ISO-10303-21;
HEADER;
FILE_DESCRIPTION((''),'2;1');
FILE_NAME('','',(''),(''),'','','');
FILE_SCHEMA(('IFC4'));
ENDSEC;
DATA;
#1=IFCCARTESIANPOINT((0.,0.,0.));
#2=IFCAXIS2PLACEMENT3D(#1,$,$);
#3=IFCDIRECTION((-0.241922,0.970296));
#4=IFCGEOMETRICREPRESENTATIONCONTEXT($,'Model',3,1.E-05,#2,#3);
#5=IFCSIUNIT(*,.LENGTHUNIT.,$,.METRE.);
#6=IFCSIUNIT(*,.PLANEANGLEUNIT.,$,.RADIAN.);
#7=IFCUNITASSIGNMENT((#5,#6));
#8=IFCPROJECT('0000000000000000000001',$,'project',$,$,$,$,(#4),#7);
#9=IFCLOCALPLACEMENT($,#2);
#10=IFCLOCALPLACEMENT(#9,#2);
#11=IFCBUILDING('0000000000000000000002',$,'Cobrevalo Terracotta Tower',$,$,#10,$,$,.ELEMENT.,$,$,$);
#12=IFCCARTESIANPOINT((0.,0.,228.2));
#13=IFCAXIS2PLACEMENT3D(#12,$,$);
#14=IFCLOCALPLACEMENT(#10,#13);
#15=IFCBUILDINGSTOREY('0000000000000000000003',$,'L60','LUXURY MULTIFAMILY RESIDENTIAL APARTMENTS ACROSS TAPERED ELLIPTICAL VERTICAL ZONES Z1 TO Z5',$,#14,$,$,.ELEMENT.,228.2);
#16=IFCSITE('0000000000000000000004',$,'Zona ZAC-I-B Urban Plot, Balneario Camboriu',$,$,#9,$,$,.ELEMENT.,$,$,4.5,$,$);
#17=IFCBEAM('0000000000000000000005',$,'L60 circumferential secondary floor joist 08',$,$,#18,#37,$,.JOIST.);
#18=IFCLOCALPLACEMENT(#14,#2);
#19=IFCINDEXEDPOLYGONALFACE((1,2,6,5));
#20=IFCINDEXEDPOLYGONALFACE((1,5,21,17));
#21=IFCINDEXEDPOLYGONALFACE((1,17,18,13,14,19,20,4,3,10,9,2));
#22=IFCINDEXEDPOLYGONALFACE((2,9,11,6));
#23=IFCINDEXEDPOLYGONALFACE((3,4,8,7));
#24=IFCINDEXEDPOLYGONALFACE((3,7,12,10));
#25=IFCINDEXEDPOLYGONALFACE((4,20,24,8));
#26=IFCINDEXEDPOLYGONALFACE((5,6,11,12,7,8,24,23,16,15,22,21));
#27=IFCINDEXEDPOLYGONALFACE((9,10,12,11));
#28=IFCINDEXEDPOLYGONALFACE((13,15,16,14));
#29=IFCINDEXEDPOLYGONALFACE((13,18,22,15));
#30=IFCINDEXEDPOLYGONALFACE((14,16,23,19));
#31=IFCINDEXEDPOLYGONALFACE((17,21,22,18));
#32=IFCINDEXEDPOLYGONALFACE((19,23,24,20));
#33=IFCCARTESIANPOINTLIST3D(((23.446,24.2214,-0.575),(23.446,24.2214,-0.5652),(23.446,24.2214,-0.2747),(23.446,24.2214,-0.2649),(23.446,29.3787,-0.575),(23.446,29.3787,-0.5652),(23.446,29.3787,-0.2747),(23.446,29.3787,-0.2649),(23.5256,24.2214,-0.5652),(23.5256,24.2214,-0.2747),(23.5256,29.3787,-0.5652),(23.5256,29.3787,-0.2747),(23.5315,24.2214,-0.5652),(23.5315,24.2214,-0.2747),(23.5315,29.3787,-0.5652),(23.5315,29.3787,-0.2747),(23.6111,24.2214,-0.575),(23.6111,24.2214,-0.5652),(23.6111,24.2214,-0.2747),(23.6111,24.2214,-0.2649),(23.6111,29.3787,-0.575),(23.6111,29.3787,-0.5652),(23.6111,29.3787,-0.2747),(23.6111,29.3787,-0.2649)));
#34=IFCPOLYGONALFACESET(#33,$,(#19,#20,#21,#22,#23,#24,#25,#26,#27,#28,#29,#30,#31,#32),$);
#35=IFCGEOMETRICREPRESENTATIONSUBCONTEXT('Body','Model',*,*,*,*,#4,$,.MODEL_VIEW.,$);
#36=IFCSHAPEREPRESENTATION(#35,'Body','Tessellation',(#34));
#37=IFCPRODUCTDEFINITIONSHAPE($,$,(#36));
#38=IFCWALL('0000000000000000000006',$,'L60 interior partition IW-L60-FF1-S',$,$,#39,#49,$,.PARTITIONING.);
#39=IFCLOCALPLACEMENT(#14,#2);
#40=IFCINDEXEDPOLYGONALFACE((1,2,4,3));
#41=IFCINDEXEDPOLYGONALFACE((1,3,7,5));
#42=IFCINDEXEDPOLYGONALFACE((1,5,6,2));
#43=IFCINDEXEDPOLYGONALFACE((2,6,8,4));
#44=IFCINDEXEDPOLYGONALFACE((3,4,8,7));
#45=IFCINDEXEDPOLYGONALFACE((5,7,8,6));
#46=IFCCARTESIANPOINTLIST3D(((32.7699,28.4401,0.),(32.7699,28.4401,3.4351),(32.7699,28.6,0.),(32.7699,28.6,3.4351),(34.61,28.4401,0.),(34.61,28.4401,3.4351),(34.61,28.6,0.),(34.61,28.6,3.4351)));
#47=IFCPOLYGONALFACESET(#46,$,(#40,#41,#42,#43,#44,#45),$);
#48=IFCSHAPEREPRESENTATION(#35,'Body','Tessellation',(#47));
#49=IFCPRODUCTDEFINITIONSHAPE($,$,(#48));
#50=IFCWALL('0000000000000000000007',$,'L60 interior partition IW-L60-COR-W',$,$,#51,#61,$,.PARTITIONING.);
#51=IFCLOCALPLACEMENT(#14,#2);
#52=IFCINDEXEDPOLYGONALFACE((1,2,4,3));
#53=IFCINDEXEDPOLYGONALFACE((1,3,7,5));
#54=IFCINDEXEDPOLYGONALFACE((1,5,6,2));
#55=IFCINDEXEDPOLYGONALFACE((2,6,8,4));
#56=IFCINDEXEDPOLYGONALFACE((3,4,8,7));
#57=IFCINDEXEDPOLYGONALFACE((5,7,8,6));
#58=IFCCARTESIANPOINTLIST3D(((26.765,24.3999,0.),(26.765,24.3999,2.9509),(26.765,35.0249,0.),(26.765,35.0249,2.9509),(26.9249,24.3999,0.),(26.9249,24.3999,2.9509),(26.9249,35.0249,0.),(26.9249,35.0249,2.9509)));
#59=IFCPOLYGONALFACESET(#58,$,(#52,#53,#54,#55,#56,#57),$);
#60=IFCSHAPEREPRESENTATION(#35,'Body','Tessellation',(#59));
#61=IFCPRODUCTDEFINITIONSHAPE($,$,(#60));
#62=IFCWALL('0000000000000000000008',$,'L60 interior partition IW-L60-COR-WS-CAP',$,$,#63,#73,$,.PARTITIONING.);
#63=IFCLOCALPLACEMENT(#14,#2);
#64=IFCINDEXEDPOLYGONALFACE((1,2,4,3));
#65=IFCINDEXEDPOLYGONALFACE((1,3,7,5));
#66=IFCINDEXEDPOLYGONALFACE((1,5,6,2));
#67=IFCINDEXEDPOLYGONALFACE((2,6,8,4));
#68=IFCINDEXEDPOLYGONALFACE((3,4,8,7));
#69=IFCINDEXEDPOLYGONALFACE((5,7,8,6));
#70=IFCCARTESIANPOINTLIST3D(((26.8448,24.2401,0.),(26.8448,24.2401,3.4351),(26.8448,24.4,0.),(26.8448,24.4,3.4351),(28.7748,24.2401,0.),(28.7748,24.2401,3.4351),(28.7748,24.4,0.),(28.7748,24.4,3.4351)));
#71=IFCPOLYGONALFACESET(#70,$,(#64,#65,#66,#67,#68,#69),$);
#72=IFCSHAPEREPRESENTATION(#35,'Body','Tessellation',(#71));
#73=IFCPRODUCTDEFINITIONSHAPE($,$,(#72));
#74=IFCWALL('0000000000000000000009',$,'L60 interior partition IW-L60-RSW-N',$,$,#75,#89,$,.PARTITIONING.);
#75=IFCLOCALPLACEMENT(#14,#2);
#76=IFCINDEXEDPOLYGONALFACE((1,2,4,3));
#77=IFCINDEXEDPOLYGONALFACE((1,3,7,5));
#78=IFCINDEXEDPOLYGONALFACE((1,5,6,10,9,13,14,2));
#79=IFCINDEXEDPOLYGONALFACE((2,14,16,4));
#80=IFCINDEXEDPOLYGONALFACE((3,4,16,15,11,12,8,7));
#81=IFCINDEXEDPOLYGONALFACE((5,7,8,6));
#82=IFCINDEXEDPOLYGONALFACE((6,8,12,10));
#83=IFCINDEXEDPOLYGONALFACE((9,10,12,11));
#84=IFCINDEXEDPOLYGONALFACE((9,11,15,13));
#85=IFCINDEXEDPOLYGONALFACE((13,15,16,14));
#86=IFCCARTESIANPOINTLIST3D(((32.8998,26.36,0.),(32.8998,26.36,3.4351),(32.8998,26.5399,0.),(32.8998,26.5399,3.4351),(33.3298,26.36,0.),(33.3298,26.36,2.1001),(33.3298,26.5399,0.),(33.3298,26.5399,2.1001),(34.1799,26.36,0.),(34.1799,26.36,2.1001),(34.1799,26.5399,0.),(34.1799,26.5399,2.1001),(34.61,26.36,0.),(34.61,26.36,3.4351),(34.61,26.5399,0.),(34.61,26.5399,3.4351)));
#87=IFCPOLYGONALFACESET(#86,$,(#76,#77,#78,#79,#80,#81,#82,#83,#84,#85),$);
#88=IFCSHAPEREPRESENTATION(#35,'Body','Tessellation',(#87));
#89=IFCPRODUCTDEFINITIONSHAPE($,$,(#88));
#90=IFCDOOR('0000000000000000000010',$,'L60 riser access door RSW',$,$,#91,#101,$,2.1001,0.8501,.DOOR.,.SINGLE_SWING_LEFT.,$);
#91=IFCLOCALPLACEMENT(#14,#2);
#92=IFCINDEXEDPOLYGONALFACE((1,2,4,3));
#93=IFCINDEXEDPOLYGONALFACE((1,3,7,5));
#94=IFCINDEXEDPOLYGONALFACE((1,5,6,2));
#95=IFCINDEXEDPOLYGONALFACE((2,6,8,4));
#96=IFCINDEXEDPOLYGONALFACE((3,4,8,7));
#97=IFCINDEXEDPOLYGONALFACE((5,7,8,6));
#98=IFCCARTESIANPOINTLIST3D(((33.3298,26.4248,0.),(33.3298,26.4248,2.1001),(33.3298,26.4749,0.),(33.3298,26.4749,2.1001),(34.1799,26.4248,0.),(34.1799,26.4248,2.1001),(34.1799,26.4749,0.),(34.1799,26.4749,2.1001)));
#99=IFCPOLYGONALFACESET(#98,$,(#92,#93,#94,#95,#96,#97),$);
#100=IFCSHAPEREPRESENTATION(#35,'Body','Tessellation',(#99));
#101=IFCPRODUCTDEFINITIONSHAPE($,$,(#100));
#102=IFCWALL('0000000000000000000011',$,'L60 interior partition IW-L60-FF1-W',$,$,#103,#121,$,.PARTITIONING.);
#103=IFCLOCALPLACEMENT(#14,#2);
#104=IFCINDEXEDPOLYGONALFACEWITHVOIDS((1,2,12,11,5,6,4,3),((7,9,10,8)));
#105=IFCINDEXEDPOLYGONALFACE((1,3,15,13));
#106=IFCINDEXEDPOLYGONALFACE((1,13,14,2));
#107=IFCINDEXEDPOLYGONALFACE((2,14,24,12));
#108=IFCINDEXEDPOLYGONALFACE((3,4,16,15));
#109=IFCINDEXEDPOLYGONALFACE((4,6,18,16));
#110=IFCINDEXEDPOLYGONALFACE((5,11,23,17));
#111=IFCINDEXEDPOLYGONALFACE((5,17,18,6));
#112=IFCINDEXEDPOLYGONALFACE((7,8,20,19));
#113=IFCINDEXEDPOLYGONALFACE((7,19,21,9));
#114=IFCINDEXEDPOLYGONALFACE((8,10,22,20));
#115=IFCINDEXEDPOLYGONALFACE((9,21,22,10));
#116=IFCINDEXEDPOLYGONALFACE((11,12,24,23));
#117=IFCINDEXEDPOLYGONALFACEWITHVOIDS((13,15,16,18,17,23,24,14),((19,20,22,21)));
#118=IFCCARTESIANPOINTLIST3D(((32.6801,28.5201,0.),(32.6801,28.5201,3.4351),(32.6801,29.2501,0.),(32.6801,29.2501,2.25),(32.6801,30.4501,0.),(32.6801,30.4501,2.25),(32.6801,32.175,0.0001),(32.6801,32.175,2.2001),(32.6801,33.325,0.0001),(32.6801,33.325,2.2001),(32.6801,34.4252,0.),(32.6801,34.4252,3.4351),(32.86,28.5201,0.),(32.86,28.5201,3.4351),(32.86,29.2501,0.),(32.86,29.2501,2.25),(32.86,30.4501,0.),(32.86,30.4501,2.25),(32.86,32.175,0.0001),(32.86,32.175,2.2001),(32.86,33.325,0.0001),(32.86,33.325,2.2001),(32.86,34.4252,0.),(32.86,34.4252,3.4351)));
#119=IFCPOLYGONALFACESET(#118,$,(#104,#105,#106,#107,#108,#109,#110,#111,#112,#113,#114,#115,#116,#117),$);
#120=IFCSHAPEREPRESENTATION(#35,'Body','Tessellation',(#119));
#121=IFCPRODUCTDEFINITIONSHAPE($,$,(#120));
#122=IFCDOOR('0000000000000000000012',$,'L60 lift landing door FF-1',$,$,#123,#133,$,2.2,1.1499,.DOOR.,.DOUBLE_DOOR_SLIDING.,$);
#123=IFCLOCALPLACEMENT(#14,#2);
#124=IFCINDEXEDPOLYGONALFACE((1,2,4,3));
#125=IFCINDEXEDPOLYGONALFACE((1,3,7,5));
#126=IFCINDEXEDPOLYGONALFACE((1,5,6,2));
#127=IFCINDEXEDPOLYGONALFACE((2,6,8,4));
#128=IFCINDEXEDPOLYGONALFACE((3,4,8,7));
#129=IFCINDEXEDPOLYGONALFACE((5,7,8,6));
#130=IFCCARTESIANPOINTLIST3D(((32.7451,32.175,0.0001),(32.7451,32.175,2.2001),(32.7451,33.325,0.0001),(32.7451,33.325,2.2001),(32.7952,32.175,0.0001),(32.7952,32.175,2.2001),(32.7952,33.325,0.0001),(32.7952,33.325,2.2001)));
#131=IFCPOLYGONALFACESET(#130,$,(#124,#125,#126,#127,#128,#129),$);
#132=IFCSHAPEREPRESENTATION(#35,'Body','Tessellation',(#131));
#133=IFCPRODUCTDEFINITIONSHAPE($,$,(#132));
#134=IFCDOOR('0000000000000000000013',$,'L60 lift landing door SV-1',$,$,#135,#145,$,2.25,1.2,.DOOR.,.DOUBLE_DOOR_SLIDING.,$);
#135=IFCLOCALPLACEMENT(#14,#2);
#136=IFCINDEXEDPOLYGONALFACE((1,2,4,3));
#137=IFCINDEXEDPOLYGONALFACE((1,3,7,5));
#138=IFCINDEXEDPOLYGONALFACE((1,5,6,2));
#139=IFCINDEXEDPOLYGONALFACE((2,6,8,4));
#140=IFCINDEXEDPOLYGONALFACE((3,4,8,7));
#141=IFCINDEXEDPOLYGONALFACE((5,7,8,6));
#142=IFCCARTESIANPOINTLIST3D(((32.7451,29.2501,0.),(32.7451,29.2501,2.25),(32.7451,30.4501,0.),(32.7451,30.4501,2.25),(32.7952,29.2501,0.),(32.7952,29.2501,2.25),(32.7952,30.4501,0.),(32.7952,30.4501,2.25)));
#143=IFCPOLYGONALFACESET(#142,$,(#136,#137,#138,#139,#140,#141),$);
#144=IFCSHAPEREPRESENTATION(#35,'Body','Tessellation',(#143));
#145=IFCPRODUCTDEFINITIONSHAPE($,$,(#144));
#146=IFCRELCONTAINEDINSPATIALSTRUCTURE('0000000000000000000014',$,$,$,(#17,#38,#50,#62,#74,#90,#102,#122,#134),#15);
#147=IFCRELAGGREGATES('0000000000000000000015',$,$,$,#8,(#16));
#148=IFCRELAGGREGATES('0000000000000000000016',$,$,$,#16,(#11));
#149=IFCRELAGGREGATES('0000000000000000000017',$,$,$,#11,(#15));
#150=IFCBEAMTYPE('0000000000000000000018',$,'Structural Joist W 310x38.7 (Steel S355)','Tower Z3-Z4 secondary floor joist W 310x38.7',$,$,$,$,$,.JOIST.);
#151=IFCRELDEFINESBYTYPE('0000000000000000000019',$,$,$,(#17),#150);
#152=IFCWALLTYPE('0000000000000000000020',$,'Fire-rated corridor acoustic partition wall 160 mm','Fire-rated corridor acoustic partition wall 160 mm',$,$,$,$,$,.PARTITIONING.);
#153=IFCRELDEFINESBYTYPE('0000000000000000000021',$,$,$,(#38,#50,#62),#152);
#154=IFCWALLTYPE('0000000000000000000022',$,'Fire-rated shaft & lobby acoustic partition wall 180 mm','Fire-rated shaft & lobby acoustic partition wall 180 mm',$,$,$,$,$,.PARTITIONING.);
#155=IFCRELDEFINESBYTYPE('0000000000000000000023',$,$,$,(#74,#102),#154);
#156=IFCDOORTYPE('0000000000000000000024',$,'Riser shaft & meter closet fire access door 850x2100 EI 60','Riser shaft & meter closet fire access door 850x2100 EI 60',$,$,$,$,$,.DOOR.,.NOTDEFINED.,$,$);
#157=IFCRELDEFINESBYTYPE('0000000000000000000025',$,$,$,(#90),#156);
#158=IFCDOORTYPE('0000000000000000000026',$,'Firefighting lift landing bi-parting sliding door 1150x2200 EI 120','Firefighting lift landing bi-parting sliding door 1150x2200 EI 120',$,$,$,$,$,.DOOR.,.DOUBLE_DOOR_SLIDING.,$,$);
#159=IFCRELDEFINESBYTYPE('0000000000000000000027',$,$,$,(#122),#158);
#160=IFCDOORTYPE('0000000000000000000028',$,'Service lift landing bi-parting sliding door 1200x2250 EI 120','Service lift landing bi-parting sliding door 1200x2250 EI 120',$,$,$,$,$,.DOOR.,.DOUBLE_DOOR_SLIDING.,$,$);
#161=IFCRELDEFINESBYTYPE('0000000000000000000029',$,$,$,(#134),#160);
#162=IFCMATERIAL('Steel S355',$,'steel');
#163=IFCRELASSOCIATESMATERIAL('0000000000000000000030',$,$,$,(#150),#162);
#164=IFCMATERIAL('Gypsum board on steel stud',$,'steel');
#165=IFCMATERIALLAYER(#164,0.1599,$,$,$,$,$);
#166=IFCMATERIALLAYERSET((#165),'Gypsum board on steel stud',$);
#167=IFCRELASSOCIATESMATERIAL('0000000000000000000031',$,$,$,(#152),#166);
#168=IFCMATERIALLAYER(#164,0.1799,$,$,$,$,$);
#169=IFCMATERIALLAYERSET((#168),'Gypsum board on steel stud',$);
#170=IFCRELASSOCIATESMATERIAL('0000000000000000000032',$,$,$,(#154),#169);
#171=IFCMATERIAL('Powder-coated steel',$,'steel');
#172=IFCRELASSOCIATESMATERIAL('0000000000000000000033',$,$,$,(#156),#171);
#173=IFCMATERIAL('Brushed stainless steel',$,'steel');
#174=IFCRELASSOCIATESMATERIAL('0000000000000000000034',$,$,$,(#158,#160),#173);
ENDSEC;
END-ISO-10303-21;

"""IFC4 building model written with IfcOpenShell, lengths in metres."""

from ifc_helpers import new_model, si_unit, direction, frame, frame_2d, origin, origin_2d, place, context, subcontext, project, spatial, rectangle, i_section, extrude, source, transform, mapped, material, layer, layer_set, material_profile, profile_set, type_object, element, fill, save


model = new_model("IFC4")

# Units and contexts
model_context = context("Model", 3, precision=1e-05, world=origin(), true_north=direction((-0.241922, 0.970296)))
body_context = subcontext(model_context, "Body", "Model", "MODEL_VIEW")
ifc_project = project(units=[si_unit("LENGTHUNIT", "METRE"), si_unit("PLANEANGLEUNIT", "RADIAN")], contexts=[model_context])

# Site, building, storey
site_placement = place(None, origin())
site = spatial("IfcSite", under=ifc_project, at=site_placement, Name="Zona ZAC-I-B Urban Plot, Balneario Camboriu", CompositionType="ELEMENT", RefElevation=4.5)
building_placement = place(site_placement, origin())
building = spatial("IfcBuilding", under=site, at=building_placement, Name="Cobrevalo Terracotta Tower", CompositionType="ELEMENT")
storey_placement = place(building_placement, frame((0.0, 0.0, 228.2)))
storey = spatial("IfcBuildingStorey", under=building, at=storey_placement, Name="L60", Description="LUXURY MULTIFAMILY RESIDENTIAL APARTMENTS ACROSS TAPERED ELLIPTICAL VERTICAL ZONES Z1 TO Z5", CompositionType="ELEMENT", Elevation=228.2)

# Beam
ifc_material_1 = material(Name="Steel S355", Category="steel")
ifc_material_profile = material_profile(ifc_material_1, i_section(OverallWidth=0.165, OverallDepth=0.3101, WebThickness=0.0059, FlangeThickness=0.0098, at=origin_2d()), Name="W 310x38.7")
ifc_profile_set = profile_set([ifc_material_profile], Name="Steel S355")
beam_type = type_object("IfcBeamType", Name="Structural Joist W 310x38.7 (Steel S355)", Description="Tower Z3-Z4 secondary floor joist W 310x38.7", PredefinedType="JOIST", material=ifc_profile_set)
beam_placement = place(storey_placement, frame((23.5286, 29.3787, -0.4199), z_axis=(0.0, -1.0, 0.0), x_axis=(1.0, 0.0, 0.0)))
element("IfcBeam", 1, at=beam_placement, inside=storey, type_object=beam_type, Name="L60 circumferential secondary floor joist 08", PredefinedType="JOIST", context=body_context, shape_type="SweptSolid", body=[
    extrude(i_section(OverallWidth=0.165, OverallDepth=0.3101, WebThickness=0.0059, FlangeThickness=0.0098, at=origin_2d()), origin(), (0.0, 0.0, 1.0), 5.1572),
])

# Walls
ifc_material_2 = material(Name="Gypsum board on steel stud", Category="steel")
ifc_layer_1 = layer(ifc_material_2, 0.1599)
ifc_layer_set_1 = layer_set([ifc_layer_1], Name="Gypsum board on steel stud")
wall_type_1 = type_object("IfcWallType", Name="Fire-rated corridor acoustic partition wall 160 mm", Description="Fire-rated corridor acoustic partition wall 160 mm", PredefinedType="PARTITIONING", material=ifc_layer_set_1)
wall_1_placement = place(storey_placement, frame((32.77, 28.52, 0.0), z_axis=(0.0, 0.0, 1.0), x_axis=(1.0, 0.0, 0.0)))
element("IfcWall", 2, at=wall_1_placement, inside=storey, type_object=wall_type_1, Name="L60 interior partition IW-L60-FF1-S", PredefinedType="PARTITIONING", context=body_context, shape_type="SweptSolid", body=[
    extrude(rectangle(XDim=1.8401, YDim=0.1599, at=frame_2d((0.9199, 0.0))), origin(), (0.0, 0.0, 1.0), 3.4351),
])
wall_2_placement = place(storey_placement, frame((26.845, 24.3999, 0.0), z_axis=(0.0, 0.0, 1.0), x_axis=(0.0, 1.0, 0.0)))
element("IfcWall", 3, at=wall_2_placement, inside=storey, type_object=wall_type_1, Name="L60 interior partition IW-L60-COR-W", PredefinedType="PARTITIONING", context=body_context, shape_type="SweptSolid", body=[
    extrude(rectangle(XDim=10.625, YDim=0.1599, at=frame_2d((5.3125, 0.0))), origin(), (0.0, 0.0, 1.0), 2.9509),
])
wall_3_placement = place(storey_placement, frame((26.845, 24.3201, 0.0), z_axis=(0.0, 0.0, 1.0), x_axis=(1.0, 0.0, 0.0)))
element("IfcWall", 4, at=wall_3_placement, inside=storey, type_object=wall_type_1, Name="L60 interior partition IW-L60-COR-WS-CAP", PredefinedType="PARTITIONING", context=body_context, shape_type="SweptSolid", body=[
    extrude(rectangle(XDim=1.9299, YDim=0.1599, at=frame_2d((0.9648, 0.0))), origin(), (0.0, 0.0, 1.0), 3.4351),
])

# Wall, opening, door
ifc_layer_2 = layer(ifc_material_2, 0.1799)
ifc_layer_set_2 = layer_set([ifc_layer_2], Name="Gypsum board on steel stud")
wall_type_2 = type_object("IfcWallType", Name="Fire-rated shaft & lobby acoustic partition wall 180 mm", Description="Fire-rated shaft & lobby acoustic partition wall 180 mm", PredefinedType="PARTITIONING", material=ifc_layer_set_2)
wall_4_placement = place(storey_placement, frame((32.8999, 26.45, 0.0), z_axis=(0.0, 0.0, 1.0), x_axis=(1.0, 0.0, 0.0)))
wall_4 = element("IfcWall", 5, at=wall_4_placement, inside=storey, type_object=wall_type_2, Name="L60 interior partition IW-L60-RSW-N", PredefinedType="PARTITIONING", context=body_context, shape_type="SweptSolid", body=[
    extrude(rectangle(XDim=1.7102, YDim=0.1799, at=frame_2d((0.855, 0.0))), origin(), (0.0, 0.0, 1.0), 3.4351),
])
opening_1_placement = place(wall_4_placement, frame((0.4299, 0.0, 0.0)))
opening_1 = element("IfcOpeningElement", 6, at=opening_1_placement, cuts=wall_4, PredefinedType="OPENING", context=body_context, shape_type="SweptSolid", body=[
    extrude(rectangle(XDim=0.8501, YDim=2.1001, at=frame_2d((0.425, 1.05))), frame((0.0, 0.1001, 0.0), z_axis=(0.0, -1.0, 0.0), x_axis=(1.0, 0.0, 0.0)), (0.0, 0.0, 1.0), 0.2),
])
ifc_material_3 = material(Name="Powder-coated steel", Category="steel")
door_type_1 = type_object("IfcDoorType", Name="Riser shaft & meter closet fire access door 850x2100 EI 60", Description="Riser shaft & meter closet fire access door 850x2100 EI 60", OperationType="NOTDEFINED", PredefinedType="DOOR", material=ifc_material_3)
shared_shape_1 = source(origin(), body_context, "Body", "SweptSolid", [
    extrude(rectangle(XDim=0.8501, YDim=2.1001, at=frame_2d((0.425, 1.05))), frame((0.0, 0.0249, 0.0), z_axis=(0.0, -1.0, 0.0), x_axis=(1.0, 0.0, 0.0)), (0.0, 0.0, 1.0), 0.05),
])
door_1_placement = place(opening_1_placement, origin())
door_1 = element("IfcDoor", 7, at=door_1_placement, inside=storey, type_object=door_type_1, Name="L60 riser access door RSW", OperationType="SINGLE_SWING_LEFT", OverallHeight=2.1001, OverallWidth=0.8501, PredefinedType="DOOR", context=body_context, shape_type="MappedRepresentation", body=[
    mapped(shared_shape_1, transform((0.0, 0.0, 0.0), scale=1.0)),
])
fill(opening_1, door_1)

# Wall, openings, doors
wall_5_placement = place(storey_placement, frame((32.77, 28.52, 0.0), z_axis=(0.0, 0.0, 1.0), x_axis=(0.0, 1.0, 0.0)))
wall_5 = element("IfcWall", 8, at=wall_5_placement, inside=storey, type_object=wall_type_2, Name="L60 interior partition IW-L60-FF1-W", PredefinedType="PARTITIONING", context=body_context, shape_type="SweptSolid", body=[
    extrude(rectangle(XDim=5.905, YDim=0.1799, at=frame_2d((2.9526, 0.0))), origin(), (0.0, 0.0, 1.0), 3.4351),
])
opening_2_placement = place(wall_5_placement, frame((3.655, 0.0, 0.0)))
opening_2 = element("IfcOpeningElement", 9, at=opening_2_placement, cuts=wall_5, PredefinedType="OPENING", context=body_context, shape_type="SweptSolid", body=[
    extrude(rectangle(XDim=1.1499, YDim=2.2, at=frame_2d((0.575, 1.1001))), frame((0.0, 0.1001, 0.0), z_axis=(0.0, -1.0, 0.0), x_axis=(1.0, 0.0, 0.0)), (0.0, 0.0, 1.0), 0.2),
])
opening_3_placement = place(wall_5_placement, frame((0.73, 0.0, 0.0)))
opening_3 = element("IfcOpeningElement", 10, at=opening_3_placement, cuts=wall_5, PredefinedType="OPENING", context=body_context, shape_type="SweptSolid", body=[
    extrude(rectangle(XDim=1.2, YDim=2.25, at=frame_2d((0.6001, 1.125))), frame((0.0, 0.1001, 0.0), z_axis=(0.0, -1.0, 0.0), x_axis=(1.0, 0.0, 0.0)), (0.0, 0.0, 1.0), 0.2),
])
ifc_material_4 = material(Name="Brushed stainless steel", Category="steel")
door_type_2 = type_object("IfcDoorType", Name="Firefighting lift landing bi-parting sliding door 1150x2200 EI 120", Description="Firefighting lift landing bi-parting sliding door 1150x2200 EI 120", OperationType="DOUBLE_DOOR_SLIDING", PredefinedType="DOOR", material=ifc_material_4)
shared_shape_2 = source(origin(), body_context, "Body", "SweptSolid", [
    extrude(rectangle(XDim=1.1499, YDim=2.2, at=frame_2d((0.575, 1.1001))), frame((0.0, 0.0249, 0.0), z_axis=(0.0, -1.0, 0.0), x_axis=(1.0, 0.0, 0.0)), (0.0, 0.0, 1.0), 0.05),
])
door_2_placement = place(opening_2_placement, origin())
door_2 = element("IfcDoor", 11, at=door_2_placement, inside=storey, type_object=door_type_2, Name="L60 lift landing door FF-1", OperationType="DOUBLE_DOOR_SLIDING", OverallHeight=2.2, OverallWidth=1.1499, PredefinedType="DOOR", context=body_context, shape_type="MappedRepresentation", body=[
    mapped(shared_shape_2, transform((0.0, 0.0, 0.0), scale=1.0)),
])
fill(opening_2, door_2)
door_type_3 = type_object("IfcDoorType", Name="Service lift landing bi-parting sliding door 1200x2250 EI 120", Description="Service lift landing bi-parting sliding door 1200x2250 EI 120", OperationType="DOUBLE_DOOR_SLIDING", PredefinedType="DOOR", material=ifc_material_4)
shared_shape_3 = source(origin(), body_context, "Body", "SweptSolid", [
    extrude(rectangle(XDim=1.2, YDim=2.25, at=frame_2d((0.6001, 1.125))), frame((0.0, 0.0249, 0.0), z_axis=(0.0, -1.0, 0.0), x_axis=(1.0, 0.0, 0.0)), (0.0, 0.0, 1.0), 0.05),
])
door_3_placement = place(opening_3_placement, origin())
door_3 = element("IfcDoor", 12, at=door_3_placement, inside=storey, type_object=door_type_3, Name="L60 lift landing door SV-1", OperationType="DOUBLE_DOOR_SLIDING", OverallHeight=2.25, OverallWidth=1.2, PredefinedType="DOOR", context=body_context, shape_type="MappedRepresentation", body=[
    mapped(shared_shape_3, transform((0.0, 0.0, 0.0), scale=1.0)),
])
fill(opening_3, door_3)

save(model, "model.ifc")
